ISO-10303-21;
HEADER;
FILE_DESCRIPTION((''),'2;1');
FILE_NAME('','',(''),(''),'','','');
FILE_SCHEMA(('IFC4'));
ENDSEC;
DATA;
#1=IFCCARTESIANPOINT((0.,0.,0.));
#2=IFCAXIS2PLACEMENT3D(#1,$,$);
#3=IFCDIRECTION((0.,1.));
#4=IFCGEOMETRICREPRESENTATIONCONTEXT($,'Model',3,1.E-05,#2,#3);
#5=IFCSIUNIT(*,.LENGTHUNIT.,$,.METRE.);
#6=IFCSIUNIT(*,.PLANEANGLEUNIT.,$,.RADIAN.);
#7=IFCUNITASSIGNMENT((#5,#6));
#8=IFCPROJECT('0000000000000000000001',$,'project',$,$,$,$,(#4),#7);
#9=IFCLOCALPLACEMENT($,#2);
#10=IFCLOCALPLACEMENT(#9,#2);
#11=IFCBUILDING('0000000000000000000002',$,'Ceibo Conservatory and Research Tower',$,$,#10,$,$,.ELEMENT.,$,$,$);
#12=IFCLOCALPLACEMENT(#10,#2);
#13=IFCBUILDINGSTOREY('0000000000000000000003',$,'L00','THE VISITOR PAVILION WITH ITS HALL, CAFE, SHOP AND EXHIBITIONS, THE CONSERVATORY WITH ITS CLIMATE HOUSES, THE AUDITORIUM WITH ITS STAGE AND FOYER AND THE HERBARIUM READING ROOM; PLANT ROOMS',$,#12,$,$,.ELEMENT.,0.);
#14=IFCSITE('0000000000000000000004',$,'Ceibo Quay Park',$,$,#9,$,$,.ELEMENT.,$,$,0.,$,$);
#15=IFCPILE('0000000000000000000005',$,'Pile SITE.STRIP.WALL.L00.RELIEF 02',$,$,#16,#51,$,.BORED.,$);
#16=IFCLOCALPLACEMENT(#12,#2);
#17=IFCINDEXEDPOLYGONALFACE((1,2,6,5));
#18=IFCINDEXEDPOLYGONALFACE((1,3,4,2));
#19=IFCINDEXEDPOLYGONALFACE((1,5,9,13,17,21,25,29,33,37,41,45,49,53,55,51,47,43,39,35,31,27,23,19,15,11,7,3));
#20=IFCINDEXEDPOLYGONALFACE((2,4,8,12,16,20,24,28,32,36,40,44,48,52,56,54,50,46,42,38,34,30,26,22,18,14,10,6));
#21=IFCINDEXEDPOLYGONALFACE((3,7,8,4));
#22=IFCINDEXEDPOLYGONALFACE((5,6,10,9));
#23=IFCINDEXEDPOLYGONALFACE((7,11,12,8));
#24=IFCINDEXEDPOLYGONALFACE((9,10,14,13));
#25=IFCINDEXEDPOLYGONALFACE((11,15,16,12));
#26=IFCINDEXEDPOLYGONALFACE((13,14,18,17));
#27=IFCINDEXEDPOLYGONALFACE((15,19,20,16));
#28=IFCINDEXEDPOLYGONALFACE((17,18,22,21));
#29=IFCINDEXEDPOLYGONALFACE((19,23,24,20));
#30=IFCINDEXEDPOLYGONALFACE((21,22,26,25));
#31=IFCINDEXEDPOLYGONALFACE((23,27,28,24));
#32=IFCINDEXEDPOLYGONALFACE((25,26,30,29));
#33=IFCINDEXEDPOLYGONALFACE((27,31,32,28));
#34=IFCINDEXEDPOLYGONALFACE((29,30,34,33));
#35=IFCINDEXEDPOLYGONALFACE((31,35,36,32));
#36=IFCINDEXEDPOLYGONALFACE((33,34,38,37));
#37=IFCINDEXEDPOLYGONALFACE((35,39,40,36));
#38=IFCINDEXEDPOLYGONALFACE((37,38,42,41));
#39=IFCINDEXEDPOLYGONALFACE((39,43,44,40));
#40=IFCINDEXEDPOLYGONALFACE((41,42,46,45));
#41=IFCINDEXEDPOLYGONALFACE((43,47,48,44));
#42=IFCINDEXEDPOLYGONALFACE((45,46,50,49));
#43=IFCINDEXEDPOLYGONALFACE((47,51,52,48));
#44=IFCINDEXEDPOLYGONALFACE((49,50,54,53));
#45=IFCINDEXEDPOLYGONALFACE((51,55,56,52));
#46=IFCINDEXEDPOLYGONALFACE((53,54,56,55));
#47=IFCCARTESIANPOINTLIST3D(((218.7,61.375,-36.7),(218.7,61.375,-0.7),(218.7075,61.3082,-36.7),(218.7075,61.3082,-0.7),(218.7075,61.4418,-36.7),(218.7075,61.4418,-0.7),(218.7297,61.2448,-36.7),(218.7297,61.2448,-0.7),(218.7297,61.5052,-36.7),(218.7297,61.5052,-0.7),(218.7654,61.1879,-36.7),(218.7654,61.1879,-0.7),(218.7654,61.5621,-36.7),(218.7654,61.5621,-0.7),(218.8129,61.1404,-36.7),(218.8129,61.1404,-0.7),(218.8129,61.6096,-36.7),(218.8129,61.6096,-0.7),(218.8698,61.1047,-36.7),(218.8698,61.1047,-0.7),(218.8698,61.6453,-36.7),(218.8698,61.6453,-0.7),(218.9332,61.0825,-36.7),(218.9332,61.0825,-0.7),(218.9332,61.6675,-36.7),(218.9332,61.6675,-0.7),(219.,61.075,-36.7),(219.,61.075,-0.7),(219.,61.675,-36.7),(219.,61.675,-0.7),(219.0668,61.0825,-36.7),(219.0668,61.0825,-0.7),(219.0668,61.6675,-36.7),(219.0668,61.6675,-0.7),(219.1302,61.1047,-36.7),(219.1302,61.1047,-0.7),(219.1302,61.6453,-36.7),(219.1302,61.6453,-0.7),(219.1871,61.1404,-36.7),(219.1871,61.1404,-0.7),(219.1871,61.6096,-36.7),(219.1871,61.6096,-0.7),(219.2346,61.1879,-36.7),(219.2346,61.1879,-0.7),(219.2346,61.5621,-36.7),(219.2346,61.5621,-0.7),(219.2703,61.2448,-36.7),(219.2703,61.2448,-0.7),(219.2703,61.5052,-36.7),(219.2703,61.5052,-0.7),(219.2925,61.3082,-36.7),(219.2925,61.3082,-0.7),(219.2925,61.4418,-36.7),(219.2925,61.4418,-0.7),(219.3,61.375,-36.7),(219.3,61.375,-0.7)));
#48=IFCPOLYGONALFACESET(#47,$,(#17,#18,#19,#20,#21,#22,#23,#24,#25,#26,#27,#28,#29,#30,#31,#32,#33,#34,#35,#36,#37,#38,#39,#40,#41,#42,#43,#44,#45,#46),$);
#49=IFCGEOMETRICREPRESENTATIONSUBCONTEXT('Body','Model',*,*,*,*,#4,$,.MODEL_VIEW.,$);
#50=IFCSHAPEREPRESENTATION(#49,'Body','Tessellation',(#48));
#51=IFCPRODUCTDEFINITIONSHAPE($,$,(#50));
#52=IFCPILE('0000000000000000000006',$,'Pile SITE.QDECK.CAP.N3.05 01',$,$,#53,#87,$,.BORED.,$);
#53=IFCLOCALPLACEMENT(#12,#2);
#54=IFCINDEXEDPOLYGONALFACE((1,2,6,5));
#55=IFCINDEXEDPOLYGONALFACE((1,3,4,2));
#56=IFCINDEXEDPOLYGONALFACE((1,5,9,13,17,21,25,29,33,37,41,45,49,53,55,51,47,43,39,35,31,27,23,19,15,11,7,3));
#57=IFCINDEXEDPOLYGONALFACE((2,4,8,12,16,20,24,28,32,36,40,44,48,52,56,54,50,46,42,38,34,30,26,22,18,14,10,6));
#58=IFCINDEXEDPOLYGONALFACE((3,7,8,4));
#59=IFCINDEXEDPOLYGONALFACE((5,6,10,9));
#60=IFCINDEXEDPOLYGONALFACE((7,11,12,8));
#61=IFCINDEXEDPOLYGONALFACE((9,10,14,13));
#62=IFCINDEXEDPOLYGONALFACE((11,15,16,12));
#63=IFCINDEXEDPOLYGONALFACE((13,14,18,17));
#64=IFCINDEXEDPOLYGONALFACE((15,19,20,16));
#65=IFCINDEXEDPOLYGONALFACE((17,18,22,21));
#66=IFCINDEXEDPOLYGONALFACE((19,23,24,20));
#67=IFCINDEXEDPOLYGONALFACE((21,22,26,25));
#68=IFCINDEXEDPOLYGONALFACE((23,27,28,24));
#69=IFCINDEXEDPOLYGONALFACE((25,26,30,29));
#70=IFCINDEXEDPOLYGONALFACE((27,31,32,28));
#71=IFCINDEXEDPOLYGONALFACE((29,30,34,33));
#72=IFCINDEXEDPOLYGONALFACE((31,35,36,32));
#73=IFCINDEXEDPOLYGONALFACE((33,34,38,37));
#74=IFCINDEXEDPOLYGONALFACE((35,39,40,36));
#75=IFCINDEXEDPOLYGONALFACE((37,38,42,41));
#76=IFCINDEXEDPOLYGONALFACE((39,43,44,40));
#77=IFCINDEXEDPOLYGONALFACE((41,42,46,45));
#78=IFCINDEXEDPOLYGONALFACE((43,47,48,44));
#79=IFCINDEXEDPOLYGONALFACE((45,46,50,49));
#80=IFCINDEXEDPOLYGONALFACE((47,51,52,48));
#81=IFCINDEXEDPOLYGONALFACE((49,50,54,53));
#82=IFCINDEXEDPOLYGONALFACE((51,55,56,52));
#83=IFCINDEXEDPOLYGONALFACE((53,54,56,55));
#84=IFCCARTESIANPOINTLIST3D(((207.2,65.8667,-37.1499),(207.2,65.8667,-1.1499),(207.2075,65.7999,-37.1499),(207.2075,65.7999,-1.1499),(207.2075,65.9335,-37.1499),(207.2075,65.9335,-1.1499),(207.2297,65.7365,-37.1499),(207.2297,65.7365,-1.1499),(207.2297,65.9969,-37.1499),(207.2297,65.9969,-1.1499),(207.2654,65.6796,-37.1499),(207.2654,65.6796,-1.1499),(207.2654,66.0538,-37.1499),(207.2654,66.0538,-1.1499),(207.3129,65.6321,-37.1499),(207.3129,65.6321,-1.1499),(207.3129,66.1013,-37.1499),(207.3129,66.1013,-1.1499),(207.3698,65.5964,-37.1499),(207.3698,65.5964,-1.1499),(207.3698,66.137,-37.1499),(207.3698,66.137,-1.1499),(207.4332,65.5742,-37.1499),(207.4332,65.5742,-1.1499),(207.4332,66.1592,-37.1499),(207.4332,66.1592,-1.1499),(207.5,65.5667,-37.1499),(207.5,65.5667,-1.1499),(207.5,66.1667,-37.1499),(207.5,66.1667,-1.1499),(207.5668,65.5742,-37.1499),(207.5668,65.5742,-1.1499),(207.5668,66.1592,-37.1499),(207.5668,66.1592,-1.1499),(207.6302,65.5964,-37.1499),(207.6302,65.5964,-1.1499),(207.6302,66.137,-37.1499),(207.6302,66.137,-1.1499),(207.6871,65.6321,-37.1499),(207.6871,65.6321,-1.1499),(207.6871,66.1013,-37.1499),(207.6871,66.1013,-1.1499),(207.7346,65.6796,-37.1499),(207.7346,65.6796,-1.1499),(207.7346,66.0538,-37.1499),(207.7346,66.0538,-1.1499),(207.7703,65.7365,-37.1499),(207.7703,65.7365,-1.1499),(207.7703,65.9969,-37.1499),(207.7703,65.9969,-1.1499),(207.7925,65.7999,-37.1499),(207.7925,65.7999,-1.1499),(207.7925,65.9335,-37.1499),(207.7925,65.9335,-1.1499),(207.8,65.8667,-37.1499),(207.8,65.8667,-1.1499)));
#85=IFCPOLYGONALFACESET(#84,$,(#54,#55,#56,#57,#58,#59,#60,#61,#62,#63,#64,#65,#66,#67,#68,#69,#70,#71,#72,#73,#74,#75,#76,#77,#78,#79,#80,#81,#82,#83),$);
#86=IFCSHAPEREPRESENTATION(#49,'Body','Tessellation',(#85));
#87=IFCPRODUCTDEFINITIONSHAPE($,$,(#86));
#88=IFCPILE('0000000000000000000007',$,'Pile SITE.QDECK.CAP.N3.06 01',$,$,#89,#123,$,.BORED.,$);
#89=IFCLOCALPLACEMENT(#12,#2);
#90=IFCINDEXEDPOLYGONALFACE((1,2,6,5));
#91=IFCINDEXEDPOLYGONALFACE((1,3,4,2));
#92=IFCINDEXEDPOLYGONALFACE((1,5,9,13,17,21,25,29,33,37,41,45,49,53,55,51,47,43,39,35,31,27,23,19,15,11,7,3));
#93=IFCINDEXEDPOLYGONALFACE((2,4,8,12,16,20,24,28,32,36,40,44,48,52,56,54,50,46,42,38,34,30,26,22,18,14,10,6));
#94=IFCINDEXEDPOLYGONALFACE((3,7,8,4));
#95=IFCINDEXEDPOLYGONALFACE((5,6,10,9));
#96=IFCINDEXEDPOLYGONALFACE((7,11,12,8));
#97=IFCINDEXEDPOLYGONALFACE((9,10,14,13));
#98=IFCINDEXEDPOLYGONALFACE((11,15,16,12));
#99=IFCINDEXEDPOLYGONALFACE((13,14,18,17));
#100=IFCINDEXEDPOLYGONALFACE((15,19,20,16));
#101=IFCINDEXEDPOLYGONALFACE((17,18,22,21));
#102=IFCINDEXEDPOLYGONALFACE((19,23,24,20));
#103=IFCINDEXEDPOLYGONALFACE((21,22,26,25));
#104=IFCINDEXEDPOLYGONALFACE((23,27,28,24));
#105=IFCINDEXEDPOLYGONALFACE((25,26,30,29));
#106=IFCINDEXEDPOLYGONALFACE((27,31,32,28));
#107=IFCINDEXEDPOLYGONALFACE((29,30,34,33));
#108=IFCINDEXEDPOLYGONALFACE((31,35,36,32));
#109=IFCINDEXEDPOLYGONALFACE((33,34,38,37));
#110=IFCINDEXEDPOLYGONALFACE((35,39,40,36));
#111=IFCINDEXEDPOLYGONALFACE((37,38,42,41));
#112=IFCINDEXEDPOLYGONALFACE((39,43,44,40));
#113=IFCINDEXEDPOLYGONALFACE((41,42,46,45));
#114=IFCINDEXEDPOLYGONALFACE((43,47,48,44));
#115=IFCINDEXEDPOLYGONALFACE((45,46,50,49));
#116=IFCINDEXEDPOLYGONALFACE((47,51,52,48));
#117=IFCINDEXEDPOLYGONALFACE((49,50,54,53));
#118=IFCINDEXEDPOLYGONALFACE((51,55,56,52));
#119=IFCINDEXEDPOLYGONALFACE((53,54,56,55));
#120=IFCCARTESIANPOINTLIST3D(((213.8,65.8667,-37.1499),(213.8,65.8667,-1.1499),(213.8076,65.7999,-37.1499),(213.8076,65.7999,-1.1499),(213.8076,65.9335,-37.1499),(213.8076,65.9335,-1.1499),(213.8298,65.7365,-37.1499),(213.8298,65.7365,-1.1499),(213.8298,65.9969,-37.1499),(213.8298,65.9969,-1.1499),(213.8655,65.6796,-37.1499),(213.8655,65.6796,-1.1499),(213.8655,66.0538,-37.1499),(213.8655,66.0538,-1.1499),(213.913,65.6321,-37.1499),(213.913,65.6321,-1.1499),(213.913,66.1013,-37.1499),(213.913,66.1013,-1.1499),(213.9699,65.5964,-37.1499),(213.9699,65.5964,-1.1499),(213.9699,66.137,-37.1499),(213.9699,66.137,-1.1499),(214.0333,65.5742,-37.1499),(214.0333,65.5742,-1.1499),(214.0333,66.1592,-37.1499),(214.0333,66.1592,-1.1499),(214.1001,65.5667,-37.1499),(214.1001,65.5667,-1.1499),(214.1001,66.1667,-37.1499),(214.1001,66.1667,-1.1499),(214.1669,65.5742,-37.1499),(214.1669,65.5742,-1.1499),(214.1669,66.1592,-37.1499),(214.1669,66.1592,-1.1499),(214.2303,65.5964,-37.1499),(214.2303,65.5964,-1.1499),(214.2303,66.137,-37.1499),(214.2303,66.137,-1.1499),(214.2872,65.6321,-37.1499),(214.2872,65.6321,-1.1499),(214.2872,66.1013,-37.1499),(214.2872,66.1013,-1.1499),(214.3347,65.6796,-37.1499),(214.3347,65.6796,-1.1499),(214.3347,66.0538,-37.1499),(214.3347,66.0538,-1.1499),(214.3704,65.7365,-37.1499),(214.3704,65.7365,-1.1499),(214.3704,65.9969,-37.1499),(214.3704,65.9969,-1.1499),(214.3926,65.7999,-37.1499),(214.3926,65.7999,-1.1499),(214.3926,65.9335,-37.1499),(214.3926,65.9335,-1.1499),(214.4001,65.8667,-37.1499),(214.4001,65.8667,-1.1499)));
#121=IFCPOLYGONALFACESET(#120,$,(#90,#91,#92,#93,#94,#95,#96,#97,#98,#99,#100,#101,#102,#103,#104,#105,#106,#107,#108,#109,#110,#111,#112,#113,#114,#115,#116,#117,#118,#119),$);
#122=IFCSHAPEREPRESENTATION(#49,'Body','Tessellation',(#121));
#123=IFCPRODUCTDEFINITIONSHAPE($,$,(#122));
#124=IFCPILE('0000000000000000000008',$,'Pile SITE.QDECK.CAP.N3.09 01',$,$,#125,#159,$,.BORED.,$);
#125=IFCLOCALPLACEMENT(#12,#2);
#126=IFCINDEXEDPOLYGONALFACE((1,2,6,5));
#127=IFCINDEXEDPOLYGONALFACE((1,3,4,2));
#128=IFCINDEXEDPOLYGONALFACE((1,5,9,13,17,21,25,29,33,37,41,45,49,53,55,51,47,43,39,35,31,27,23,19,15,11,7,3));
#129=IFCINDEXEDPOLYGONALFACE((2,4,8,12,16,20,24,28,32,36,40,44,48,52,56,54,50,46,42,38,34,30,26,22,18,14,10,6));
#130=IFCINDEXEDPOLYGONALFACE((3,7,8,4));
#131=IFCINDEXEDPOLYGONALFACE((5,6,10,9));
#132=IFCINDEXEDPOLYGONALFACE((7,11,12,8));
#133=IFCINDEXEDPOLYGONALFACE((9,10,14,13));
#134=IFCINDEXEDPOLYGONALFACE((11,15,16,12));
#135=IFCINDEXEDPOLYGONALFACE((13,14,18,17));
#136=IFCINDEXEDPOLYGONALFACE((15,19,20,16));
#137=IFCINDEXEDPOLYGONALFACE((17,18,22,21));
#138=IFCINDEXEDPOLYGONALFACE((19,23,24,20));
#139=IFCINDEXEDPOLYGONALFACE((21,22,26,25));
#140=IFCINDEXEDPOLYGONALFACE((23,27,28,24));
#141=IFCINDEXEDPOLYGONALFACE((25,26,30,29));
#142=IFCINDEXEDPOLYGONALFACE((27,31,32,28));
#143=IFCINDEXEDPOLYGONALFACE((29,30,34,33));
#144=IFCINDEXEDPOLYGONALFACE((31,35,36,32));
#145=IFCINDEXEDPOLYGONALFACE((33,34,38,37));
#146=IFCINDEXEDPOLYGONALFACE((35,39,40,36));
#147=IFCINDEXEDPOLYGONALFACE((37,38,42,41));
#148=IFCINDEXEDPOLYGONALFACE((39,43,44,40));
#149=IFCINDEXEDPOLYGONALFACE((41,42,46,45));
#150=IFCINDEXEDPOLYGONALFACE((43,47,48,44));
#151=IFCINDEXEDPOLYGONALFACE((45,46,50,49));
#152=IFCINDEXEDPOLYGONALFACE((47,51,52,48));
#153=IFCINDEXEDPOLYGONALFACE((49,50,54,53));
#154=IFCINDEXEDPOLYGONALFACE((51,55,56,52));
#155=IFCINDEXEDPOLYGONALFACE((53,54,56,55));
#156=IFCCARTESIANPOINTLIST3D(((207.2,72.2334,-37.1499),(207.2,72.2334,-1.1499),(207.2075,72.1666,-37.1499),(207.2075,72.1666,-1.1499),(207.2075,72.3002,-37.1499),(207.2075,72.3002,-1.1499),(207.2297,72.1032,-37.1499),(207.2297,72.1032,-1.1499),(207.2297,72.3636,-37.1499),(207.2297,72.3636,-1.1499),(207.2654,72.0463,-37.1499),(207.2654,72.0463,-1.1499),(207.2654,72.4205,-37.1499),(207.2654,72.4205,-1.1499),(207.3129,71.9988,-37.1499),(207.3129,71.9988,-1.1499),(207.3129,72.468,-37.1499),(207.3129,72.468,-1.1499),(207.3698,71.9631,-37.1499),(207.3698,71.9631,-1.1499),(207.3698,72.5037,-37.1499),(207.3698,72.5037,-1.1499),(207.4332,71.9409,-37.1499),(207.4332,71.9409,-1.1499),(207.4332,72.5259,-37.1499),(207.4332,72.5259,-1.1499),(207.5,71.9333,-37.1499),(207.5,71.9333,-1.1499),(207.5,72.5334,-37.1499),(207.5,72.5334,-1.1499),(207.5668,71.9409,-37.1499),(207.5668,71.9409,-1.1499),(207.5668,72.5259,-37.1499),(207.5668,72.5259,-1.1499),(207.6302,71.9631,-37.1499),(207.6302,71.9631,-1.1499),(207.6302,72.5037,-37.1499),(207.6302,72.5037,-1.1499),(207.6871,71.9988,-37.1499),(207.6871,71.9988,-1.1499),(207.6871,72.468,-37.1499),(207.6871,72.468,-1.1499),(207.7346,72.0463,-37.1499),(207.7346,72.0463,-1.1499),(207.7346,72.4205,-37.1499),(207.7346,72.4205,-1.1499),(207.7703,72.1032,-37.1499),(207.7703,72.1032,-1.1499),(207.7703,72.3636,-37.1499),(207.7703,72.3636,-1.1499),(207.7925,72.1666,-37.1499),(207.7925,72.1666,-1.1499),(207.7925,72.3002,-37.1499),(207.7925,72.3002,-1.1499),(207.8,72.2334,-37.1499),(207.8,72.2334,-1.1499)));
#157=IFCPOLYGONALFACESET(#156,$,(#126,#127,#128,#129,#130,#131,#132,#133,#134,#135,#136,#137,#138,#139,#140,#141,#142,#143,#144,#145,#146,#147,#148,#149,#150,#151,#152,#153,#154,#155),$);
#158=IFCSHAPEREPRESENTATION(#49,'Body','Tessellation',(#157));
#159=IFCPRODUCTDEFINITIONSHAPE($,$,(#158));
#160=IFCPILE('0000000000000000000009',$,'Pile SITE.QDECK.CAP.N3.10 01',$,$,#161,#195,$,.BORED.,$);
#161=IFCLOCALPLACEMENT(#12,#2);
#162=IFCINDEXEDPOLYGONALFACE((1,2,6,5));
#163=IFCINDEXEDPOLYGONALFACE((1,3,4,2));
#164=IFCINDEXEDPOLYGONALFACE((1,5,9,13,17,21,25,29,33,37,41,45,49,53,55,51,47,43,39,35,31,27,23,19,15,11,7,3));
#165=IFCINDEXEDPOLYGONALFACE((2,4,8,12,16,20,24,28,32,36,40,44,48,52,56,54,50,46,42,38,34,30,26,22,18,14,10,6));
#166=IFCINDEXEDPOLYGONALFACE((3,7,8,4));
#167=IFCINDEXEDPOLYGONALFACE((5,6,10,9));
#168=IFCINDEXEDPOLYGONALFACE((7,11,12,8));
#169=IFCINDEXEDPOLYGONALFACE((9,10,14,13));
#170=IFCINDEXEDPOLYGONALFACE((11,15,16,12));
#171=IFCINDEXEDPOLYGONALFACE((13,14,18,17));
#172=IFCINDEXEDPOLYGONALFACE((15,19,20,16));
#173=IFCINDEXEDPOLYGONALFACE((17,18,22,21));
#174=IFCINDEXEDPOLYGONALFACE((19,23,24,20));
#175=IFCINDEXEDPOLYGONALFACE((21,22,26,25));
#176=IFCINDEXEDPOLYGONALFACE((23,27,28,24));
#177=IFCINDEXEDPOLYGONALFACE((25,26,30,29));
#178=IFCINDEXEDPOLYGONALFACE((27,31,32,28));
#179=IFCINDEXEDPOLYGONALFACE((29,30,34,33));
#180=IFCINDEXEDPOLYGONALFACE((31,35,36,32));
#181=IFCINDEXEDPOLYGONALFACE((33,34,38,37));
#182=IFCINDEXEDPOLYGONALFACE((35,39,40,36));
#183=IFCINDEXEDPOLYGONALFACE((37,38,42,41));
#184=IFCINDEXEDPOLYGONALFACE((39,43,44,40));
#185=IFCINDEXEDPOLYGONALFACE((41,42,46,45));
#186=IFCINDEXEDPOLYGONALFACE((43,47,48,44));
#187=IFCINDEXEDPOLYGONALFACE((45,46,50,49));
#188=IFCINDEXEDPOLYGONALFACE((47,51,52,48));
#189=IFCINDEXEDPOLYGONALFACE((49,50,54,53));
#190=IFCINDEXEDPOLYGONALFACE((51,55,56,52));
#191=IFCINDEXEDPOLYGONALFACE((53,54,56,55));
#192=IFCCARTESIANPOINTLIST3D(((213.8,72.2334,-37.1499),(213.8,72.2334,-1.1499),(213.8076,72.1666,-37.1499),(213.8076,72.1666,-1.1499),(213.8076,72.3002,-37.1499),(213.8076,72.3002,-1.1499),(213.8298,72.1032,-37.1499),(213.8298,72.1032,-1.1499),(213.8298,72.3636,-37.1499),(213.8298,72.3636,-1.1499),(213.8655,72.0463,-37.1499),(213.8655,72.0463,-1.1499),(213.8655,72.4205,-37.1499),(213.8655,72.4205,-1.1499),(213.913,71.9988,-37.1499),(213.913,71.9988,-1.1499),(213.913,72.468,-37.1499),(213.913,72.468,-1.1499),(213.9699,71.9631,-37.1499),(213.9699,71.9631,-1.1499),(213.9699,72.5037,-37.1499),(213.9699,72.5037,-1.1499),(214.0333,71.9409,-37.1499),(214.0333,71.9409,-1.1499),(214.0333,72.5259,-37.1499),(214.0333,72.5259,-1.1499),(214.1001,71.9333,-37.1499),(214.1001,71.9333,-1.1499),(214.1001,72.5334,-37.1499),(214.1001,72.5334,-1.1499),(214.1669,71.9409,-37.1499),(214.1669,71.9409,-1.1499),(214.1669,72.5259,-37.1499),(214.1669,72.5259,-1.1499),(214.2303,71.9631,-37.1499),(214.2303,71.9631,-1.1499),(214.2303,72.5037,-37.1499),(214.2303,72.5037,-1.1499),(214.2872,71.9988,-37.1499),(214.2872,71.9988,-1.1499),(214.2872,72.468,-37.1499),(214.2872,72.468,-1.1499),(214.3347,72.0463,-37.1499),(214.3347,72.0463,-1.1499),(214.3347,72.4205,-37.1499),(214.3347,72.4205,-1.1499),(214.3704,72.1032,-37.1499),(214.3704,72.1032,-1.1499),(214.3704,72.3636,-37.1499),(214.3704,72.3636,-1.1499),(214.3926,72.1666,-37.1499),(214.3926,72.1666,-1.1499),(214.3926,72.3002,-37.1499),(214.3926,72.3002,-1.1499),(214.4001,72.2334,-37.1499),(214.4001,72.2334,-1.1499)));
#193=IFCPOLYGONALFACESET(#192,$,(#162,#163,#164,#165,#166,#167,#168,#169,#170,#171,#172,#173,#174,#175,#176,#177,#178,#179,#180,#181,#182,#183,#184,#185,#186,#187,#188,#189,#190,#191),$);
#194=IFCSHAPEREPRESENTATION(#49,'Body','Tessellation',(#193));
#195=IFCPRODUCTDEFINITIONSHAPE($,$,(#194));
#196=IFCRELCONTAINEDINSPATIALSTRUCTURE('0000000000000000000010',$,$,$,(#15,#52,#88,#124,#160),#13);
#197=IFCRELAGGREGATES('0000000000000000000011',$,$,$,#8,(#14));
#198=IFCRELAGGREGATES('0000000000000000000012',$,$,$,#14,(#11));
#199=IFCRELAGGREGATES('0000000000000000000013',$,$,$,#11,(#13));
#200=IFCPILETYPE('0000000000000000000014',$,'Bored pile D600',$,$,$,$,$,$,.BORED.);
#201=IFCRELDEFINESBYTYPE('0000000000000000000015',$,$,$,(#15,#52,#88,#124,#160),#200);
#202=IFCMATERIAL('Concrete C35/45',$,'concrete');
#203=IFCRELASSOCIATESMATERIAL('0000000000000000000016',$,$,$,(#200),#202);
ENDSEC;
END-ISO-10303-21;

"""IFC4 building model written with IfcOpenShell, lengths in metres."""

from ifc_helpers import new_model, si_unit, direction, frame, origin, origin_2d, place, context, subcontext, project, spatial, circle, extrude, material, material_profile, profile_set, type_object, element, save


model = new_model("IFC4")

# Units and contexts
model_context = context("Model", 3, precision=1e-05, world=origin(), true_north=direction((0.0, 1.0)))
body_context = subcontext(model_context, "Body", "Model", "MODEL_VIEW")
ifc_project = project(units=[si_unit("LENGTHUNIT", "METRE"), si_unit("PLANEANGLEUNIT", "RADIAN")], contexts=[model_context])

# Site, building, storey
site_placement = place(None, origin())
site = spatial("IfcSite", under=ifc_project, at=site_placement, Name="Ceibo Quay Park", CompositionType="ELEMENT", RefElevation=0.0)
building_placement = place(site_placement, origin())
building = spatial("IfcBuilding", under=site, at=building_placement, Name="Ceibo Conservatory and Research Tower", CompositionType="ELEMENT")
storey_placement = place(building_placement, origin())
storey = spatial("IfcBuildingStorey", under=building, at=storey_placement, Name="L00", Description="THE VISITOR PAVILION WITH ITS HALL, CAFE, SHOP AND EXHIBITIONS, THE CONSERVATORY WITH ITS CLIMATE HOUSES, THE AUDITORIUM WITH ITS STAGE AND FOYER AND THE HERBARIUM READING ROOM; PLANT ROOMS", CompositionType="ELEMENT", Elevation=0.0)

# Piles
ifc_material_1 = material(Name="Concrete C35/45", Category="concrete")
ifc_material_profile_1 = material_profile(ifc_material_1, circle(Radius=0.3, at=origin_2d()), Name="RC D600")
ifc_profile_set_1 = profile_set([ifc_material_profile_1], Name="Concrete C35/45")
pile_type = type_object("IfcPileType", Name="Bored pile D600", PredefinedType="BORED", material=ifc_profile_set_1)
for number, where, z_axis, x_axis, name in (
    (1, (219.0, 61.375, -0.7), (0.0, 0.0, -1.0), (1.0, 0.0, 0.0), "Pile SITE.STRIP.WALL.L00.RELIEF 02"),
    (2, (207.5, 65.8667, -1.1499), (0.0, 0.0, -1.0), (1.0, 0.0, 0.0), "Pile SITE.QDECK.CAP.N3.05 01"),
    (3, (214.1001, 65.8667, -1.1499), (0.0, 0.0, -1.0), (1.0, 0.0, 0.0), "Pile SITE.QDECK.CAP.N3.06 01"),
    (4, (207.5, 72.2334, -1.1499), (0.0, 0.0, -1.0), (1.0, 0.0, 0.0), "Pile SITE.QDECK.CAP.N3.09 01"),
    (5, (214.1001, 72.2334, -1.1499), (0.0, 0.0, -1.0), (1.0, 0.0, 0.0), "Pile SITE.QDECK.CAP.N3.10 01"),
):
    element("IfcPile", number, at=place(storey_placement, frame(where, z_axis=z_axis, x_axis=x_axis)), inside=storey, type_object=pile_type, Name=name, PredefinedType="BORED", context=body_context, shape_type="SweptSolid", body=[
        extrude(circle(Radius=0.3, at=origin_2d()), origin(), (0.0, 0.0, 1.0), 36.0),
    ])

save(model, "model.ifc")
